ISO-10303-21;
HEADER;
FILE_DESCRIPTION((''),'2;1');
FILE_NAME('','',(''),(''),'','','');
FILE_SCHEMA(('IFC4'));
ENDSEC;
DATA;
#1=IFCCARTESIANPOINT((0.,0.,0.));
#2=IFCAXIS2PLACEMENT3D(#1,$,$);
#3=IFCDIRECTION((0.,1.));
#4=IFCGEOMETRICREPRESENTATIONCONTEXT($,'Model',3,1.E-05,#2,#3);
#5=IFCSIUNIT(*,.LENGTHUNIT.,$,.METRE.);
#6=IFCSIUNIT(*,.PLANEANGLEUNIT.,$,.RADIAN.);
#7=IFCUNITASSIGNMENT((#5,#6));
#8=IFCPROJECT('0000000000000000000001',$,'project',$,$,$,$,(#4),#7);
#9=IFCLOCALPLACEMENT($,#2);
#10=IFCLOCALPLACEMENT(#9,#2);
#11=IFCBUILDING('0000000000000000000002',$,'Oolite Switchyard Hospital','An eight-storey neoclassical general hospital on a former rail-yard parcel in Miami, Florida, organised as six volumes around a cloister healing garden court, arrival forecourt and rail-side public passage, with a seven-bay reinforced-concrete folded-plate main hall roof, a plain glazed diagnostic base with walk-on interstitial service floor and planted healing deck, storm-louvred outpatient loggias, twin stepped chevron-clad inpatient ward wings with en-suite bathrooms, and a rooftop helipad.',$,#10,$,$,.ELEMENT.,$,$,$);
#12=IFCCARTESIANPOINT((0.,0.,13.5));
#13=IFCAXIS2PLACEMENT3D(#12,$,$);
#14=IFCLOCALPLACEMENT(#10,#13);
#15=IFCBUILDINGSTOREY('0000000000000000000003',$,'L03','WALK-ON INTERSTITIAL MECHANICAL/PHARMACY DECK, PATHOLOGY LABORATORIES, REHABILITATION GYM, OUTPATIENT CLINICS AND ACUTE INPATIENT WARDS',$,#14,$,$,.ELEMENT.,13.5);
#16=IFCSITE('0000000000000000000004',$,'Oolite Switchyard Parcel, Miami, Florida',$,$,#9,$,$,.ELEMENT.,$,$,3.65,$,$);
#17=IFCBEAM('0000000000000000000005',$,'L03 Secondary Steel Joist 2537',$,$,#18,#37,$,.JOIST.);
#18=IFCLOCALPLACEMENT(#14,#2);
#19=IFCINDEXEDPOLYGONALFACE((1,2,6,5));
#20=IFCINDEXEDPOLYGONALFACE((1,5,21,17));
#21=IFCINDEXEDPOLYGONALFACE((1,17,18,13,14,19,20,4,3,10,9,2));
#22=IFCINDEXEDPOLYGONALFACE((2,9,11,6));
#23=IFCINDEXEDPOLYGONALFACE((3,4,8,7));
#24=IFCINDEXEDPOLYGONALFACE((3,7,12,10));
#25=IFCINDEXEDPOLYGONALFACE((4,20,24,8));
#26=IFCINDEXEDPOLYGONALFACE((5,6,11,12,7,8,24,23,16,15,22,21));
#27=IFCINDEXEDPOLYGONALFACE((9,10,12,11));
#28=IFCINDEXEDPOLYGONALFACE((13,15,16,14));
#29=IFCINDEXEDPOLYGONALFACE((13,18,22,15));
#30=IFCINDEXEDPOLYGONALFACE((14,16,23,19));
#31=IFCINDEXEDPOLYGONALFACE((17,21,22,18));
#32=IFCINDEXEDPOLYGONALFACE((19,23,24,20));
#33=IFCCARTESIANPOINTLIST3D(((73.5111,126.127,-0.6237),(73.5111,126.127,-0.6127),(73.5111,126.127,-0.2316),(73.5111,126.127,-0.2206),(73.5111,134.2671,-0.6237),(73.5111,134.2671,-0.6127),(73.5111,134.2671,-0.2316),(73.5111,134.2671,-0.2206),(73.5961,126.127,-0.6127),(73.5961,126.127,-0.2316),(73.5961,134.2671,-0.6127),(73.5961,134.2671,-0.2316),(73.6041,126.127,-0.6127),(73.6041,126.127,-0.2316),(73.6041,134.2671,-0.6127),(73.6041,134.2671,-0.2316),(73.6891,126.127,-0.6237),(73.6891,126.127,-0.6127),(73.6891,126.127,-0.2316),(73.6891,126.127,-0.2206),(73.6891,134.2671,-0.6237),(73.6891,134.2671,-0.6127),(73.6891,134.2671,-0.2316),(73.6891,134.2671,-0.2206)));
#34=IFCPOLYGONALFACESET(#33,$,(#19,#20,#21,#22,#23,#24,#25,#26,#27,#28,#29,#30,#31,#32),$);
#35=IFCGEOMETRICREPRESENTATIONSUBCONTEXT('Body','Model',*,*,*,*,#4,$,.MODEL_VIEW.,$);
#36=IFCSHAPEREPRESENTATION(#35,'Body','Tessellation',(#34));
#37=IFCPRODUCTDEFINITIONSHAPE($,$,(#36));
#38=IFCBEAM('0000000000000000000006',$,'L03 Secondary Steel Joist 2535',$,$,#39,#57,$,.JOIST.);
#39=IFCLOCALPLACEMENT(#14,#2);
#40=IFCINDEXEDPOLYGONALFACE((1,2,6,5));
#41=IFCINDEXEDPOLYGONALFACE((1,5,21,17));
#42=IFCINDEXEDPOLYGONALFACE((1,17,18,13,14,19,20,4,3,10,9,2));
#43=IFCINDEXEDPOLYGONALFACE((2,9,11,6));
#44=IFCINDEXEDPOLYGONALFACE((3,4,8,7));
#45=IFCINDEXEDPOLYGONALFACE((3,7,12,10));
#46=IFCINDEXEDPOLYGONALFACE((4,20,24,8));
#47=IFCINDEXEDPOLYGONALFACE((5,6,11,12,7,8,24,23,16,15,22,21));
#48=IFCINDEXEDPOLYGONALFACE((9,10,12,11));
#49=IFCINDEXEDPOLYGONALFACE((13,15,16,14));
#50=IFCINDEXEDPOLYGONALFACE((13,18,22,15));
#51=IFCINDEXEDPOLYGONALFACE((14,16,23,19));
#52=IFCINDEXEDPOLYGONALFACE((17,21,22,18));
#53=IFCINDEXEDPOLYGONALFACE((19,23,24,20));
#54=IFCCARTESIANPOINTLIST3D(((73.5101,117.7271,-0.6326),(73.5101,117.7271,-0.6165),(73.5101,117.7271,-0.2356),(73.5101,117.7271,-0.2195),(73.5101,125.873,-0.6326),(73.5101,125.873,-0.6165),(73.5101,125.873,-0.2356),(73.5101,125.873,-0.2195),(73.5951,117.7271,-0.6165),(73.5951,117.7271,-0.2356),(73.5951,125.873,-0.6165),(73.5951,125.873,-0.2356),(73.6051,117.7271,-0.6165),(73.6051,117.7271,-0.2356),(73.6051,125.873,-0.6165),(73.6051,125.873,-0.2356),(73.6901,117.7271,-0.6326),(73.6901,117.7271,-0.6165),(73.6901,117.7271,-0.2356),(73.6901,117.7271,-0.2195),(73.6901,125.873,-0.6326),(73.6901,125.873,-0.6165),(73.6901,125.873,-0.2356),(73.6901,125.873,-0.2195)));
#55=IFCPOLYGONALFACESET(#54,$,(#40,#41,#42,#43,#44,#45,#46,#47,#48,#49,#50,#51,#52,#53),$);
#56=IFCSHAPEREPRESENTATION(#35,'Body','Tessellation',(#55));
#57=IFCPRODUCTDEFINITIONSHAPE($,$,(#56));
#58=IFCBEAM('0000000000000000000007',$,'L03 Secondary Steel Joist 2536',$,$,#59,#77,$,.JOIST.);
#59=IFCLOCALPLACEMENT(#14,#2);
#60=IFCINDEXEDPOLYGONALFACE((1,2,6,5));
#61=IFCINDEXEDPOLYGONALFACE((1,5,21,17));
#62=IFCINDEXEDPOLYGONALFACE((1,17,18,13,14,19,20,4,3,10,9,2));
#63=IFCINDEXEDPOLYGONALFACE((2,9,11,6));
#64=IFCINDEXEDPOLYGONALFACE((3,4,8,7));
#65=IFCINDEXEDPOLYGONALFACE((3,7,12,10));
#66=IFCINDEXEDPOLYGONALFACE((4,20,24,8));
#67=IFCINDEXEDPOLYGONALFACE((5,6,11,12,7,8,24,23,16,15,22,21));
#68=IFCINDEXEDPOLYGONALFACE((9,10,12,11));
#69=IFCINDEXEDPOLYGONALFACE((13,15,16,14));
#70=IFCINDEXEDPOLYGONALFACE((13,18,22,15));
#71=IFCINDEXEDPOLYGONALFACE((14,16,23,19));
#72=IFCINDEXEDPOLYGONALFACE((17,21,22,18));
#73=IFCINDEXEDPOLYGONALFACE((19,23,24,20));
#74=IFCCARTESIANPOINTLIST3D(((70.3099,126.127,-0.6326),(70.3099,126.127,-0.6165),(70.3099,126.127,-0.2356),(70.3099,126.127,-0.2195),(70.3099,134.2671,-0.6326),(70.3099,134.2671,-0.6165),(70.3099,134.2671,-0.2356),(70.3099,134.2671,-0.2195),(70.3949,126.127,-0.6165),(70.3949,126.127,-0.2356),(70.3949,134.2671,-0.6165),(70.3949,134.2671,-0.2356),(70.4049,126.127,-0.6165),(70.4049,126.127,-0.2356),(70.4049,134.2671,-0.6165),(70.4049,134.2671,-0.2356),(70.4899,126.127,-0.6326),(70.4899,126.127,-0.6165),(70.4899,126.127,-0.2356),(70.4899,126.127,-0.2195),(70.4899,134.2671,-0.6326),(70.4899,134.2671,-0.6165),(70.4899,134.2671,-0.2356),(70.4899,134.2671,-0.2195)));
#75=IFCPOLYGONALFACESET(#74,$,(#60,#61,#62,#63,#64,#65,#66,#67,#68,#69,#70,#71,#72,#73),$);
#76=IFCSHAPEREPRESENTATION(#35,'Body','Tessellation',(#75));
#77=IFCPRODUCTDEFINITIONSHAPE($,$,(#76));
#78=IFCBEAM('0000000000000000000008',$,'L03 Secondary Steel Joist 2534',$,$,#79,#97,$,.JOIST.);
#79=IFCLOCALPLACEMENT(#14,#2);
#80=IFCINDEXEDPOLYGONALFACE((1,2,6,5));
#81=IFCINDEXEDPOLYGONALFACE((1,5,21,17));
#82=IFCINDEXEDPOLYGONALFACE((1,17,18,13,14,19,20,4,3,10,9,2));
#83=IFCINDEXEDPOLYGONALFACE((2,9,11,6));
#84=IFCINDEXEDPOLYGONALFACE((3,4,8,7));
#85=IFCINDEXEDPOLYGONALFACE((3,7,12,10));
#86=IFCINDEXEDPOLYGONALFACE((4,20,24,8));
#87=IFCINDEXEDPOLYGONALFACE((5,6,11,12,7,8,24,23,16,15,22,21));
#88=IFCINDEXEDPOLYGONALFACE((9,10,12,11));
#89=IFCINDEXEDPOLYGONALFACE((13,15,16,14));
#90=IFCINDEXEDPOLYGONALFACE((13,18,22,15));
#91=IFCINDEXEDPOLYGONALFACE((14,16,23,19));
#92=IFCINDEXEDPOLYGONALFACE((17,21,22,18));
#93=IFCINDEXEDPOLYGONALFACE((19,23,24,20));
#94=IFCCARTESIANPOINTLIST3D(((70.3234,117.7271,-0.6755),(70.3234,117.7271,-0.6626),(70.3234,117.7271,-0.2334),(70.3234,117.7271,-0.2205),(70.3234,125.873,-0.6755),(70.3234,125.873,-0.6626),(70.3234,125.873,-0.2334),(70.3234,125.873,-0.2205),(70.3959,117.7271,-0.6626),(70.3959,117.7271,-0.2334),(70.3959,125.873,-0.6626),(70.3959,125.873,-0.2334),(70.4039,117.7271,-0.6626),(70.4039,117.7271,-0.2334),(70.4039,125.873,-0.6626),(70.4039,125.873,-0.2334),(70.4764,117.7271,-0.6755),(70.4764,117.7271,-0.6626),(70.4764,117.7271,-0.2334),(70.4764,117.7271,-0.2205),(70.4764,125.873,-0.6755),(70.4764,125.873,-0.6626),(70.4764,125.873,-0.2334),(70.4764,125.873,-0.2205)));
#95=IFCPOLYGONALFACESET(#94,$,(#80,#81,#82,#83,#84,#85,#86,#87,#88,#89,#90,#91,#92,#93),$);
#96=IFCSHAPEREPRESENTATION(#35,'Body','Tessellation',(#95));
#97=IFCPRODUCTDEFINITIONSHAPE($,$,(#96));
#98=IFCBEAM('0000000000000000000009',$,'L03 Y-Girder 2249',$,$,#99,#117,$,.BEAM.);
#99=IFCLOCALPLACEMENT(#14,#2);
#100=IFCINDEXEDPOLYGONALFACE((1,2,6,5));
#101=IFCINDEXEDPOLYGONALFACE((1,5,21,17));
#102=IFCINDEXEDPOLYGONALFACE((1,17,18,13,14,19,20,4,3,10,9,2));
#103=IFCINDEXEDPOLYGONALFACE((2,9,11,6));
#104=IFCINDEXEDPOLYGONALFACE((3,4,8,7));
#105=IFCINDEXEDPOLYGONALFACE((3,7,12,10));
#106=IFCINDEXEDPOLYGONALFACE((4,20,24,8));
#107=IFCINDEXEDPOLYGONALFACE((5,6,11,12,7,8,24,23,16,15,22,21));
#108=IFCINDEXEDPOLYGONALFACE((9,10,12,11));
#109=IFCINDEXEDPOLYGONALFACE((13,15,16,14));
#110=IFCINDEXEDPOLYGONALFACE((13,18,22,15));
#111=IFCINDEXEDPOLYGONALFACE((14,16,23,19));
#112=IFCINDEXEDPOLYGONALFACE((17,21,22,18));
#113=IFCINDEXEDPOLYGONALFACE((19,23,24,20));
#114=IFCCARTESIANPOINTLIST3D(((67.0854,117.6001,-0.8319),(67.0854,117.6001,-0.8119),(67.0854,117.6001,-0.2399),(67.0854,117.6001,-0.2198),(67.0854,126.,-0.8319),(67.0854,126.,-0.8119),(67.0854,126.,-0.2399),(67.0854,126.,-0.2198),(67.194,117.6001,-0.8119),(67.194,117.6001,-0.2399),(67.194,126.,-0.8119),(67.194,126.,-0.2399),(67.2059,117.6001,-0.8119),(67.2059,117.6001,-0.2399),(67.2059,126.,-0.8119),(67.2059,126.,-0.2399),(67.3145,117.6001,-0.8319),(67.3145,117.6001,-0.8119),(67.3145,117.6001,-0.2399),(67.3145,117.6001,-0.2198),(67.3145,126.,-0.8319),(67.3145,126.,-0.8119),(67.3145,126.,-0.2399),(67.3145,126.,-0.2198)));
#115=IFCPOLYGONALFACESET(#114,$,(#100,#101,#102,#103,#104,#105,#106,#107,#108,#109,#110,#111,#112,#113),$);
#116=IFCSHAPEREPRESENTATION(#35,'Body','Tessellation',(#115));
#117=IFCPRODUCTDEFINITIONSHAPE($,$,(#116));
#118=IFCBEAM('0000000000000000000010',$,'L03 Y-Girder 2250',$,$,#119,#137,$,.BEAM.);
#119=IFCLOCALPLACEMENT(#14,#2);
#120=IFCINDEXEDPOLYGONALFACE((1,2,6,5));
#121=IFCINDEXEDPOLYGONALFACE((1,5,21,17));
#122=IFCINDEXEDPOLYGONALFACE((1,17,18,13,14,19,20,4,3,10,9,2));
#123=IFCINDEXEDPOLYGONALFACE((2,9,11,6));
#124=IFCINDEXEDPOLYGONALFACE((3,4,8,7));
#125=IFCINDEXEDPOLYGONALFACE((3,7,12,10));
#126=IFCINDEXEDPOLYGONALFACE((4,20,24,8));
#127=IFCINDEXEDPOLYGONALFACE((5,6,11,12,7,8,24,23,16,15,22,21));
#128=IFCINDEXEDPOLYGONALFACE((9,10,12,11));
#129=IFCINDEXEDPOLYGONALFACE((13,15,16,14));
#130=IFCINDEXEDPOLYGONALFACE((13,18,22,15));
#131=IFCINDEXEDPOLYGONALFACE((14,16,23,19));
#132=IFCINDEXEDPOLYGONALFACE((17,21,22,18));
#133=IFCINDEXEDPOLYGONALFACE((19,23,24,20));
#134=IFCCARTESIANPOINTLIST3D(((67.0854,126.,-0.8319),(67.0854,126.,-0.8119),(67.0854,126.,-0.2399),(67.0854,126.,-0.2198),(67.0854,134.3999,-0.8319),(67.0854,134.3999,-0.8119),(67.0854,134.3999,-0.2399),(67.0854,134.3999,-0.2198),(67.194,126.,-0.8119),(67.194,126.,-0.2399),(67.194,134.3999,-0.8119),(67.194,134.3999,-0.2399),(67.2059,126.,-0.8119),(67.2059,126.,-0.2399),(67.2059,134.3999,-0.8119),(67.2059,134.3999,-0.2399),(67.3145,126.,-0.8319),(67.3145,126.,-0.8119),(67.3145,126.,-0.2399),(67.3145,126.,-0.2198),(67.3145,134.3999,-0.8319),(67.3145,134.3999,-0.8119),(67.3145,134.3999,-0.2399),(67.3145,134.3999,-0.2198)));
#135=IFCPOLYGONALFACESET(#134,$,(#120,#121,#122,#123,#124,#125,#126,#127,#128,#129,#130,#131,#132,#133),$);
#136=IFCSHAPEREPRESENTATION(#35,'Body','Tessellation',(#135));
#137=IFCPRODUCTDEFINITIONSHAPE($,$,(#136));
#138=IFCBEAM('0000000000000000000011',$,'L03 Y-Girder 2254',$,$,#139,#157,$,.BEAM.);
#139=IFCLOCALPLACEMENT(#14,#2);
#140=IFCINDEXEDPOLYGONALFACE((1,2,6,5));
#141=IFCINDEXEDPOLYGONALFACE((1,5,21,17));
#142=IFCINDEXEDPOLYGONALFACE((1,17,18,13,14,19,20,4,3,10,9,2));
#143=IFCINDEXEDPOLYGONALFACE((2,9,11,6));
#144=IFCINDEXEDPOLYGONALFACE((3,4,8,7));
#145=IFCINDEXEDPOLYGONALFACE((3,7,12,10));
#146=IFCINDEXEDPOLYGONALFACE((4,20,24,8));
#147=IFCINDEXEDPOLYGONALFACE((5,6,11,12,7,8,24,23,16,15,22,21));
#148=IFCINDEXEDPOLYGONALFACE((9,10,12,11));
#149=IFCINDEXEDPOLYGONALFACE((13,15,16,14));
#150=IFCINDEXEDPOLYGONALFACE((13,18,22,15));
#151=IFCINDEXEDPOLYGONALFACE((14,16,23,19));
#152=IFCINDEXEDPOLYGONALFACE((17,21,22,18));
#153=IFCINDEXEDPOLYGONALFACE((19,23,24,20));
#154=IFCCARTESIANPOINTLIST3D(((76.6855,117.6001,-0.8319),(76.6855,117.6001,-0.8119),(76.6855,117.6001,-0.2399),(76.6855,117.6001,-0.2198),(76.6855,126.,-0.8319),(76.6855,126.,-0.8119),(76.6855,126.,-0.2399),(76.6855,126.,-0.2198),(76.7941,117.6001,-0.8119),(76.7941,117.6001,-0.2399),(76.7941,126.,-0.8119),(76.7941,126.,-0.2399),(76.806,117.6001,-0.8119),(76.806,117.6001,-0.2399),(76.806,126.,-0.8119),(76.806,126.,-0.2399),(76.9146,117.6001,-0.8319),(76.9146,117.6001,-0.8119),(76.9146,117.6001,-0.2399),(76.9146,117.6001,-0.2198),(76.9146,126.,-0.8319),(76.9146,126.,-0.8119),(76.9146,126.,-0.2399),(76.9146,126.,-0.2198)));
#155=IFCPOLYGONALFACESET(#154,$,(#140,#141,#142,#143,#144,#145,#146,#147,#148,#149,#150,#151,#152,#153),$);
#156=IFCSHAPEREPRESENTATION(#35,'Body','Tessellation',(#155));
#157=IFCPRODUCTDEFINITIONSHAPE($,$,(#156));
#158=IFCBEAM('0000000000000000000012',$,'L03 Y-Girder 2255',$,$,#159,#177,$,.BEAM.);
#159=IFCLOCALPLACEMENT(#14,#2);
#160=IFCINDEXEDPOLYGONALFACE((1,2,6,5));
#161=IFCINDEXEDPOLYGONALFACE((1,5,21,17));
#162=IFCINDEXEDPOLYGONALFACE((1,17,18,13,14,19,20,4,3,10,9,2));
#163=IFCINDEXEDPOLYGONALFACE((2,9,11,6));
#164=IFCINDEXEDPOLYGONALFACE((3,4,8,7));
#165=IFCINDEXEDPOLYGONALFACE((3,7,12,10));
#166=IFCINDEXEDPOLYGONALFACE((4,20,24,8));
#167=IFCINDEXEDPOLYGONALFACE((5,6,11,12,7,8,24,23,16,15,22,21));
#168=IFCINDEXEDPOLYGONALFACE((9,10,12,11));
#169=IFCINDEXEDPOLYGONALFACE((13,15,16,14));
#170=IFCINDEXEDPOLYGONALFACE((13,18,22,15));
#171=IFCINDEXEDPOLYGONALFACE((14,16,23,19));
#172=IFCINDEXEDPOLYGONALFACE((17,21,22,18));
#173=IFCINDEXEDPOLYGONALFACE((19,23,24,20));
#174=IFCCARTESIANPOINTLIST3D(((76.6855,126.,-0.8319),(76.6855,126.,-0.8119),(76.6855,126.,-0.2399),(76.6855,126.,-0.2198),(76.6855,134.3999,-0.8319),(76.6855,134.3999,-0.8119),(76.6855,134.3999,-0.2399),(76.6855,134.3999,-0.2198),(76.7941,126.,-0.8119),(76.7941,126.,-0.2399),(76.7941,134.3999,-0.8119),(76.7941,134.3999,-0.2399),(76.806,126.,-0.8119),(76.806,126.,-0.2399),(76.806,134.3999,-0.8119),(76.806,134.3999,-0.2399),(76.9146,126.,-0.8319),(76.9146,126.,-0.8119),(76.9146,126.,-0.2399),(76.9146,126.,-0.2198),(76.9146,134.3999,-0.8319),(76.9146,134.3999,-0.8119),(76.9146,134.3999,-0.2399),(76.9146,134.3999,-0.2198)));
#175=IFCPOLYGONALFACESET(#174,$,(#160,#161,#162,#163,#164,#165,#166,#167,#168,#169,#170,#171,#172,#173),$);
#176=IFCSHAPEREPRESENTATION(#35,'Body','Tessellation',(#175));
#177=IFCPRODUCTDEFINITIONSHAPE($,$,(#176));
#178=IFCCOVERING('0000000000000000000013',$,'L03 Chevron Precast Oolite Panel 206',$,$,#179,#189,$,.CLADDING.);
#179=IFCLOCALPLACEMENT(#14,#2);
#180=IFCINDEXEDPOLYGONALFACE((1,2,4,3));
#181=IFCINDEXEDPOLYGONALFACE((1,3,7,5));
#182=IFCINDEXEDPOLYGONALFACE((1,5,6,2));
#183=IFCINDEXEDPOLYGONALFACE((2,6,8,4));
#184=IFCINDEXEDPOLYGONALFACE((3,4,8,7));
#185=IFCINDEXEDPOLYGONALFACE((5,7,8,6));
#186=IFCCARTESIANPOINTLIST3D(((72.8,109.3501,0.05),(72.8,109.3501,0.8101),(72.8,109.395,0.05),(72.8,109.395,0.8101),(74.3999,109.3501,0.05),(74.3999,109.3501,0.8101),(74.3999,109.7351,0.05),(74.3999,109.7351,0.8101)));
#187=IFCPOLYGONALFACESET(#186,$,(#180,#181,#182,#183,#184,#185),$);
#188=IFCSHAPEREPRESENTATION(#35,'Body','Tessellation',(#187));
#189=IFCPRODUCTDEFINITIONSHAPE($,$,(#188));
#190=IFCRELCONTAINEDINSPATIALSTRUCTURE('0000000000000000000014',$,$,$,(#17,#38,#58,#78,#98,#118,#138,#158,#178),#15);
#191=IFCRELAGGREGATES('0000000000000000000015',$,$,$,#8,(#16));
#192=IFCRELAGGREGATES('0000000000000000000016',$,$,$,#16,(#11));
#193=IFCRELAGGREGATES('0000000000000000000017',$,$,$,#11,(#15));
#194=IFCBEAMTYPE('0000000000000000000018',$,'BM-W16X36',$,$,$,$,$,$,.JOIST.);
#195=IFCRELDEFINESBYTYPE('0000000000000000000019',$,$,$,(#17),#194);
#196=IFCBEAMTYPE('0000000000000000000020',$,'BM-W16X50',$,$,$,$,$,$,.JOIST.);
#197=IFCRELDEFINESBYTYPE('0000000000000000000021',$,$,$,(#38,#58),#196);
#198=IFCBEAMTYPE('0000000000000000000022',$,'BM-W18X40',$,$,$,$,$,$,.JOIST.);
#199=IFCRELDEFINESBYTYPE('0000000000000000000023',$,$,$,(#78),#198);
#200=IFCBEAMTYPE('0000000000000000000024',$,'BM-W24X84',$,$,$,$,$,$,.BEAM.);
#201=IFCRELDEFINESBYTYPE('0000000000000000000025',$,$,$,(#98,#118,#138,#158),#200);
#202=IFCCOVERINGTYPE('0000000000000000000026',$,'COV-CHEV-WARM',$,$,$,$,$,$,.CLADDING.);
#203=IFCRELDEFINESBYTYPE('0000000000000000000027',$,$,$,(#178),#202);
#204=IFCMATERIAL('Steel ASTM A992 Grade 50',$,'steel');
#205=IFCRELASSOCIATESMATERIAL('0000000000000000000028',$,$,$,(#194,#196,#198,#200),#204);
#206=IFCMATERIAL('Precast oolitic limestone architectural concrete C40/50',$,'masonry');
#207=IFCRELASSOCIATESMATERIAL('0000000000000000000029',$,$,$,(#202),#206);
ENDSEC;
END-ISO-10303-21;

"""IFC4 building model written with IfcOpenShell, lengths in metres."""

from ifc_helpers import new_model, si_unit, direction, frame, origin, origin_2d, place, context, subcontext, project, spatial, polyline, i_section, outline, extrude, material, material_profile, profile_set, type_object, element, save


model = new_model("IFC4")

# Units and contexts
model_context = context("Model", 3, precision=1e-05, world=origin(), true_north=direction((0.0, 1.0)))
body_context = subcontext(model_context, "Body", "Model", "MODEL_VIEW")
ifc_project = project(units=[si_unit("LENGTHUNIT", "METRE"), si_unit("PLANEANGLEUNIT", "RADIAN")], contexts=[model_context])

# Site, building, storey
site_placement = place(None, origin())
site = spatial("IfcSite", under=ifc_project, at=site_placement, Name="Oolite Switchyard Parcel, Miami, Florida", CompositionType="ELEMENT", RefElevation=3.65)
building_placement = place(site_placement, origin())
building = spatial("IfcBuilding", under=site, at=building_placement, Name="Oolite Switchyard Hospital", Description="An eight-storey neoclassical general hospital on a former rail-yard parcel in Miami, Florida, organised as six volumes around a cloister healing garden court, arrival forecourt and rail-side public passage, with a seven-bay reinforced-concrete folded-plate main hall roof, a plain glazed diagnostic base with walk-on interstitial service floor and planted healing deck, storm-louvred outpatient loggias, twin stepped chevron-clad inpatient ward wings with en-suite bathrooms, and a rooftop helipad.", CompositionType="ELEMENT")
storey_placement = place(building_placement, frame((0.0, 0.0, 13.5)))
storey = spatial("IfcBuildingStorey", under=building, at=storey_placement, Name="L03", Description="WALK-ON INTERSTITIAL MECHANICAL/PHARMACY DECK, PATHOLOGY LABORATORIES, REHABILITATION GYM, OUTPATIENT CLINICS AND ACUTE INPATIENT WARDS", CompositionType="ELEMENT", Elevation=13.5)

# Beams
ifc_material_1 = material(Name="Steel ASTM A992 Grade 50", Category="steel")
ifc_material_profile_1 = material_profile(ifc_material_1, i_section(OverallWidth=0.178, OverallDepth=0.4031, WebThickness=0.0081, FlangeThickness=0.011, at=origin_2d()), Name="W16X36")
ifc_profile_set_1 = profile_set([ifc_material_profile_1], Name="Steel ASTM A992 Grade 50")
beam_type_1 = type_object("IfcBeamType", Name="BM-W16X36", PredefinedType="JOIST", material=ifc_profile_set_1)
beam_1_placement = place(storey_placement, frame((73.6001, 126.127, -0.4221), z_axis=(0.0, 1.0, 0.0), x_axis=(-1.0, 0.0, 0.0)))
element("IfcBeam", 1, at=beam_1_placement, inside=storey, type_object=beam_type_1, Name="L03 Secondary Steel Joist 2537", PredefinedType="JOIST", context=body_context, shape_type="SweptSolid", body=[
    extrude(i_section(OverallWidth=0.178, OverallDepth=0.4031, WebThickness=0.0081, FlangeThickness=0.011, at=origin_2d()), origin(), (0.0, 0.0, 1.0), 8.1401),
])
ifc_material_profile_2 = material_profile(ifc_material_1, i_section(OverallWidth=0.1799, OverallDepth=0.4131, WebThickness=0.01, FlangeThickness=0.0161, at=origin_2d()), Name="W16X50")
ifc_profile_set_2 = profile_set([ifc_material_profile_2], Name="Steel ASTM A992 Grade 50")
beam_type_2 = type_object("IfcBeamType", Name="BM-W16X50", PredefinedType="JOIST", material=ifc_profile_set_2)
beam_2_placement = place(storey_placement, frame((73.6001, 117.7271, -0.426), z_axis=(0.0, 1.0, 0.0), x_axis=(-1.0, 0.0, 0.0)))
element("IfcBeam", 2, at=beam_2_placement, inside=storey, type_object=beam_type_2, Name="L03 Secondary Steel Joist 2535", PredefinedType="JOIST", context=body_context, shape_type="SweptSolid", body=[
    extrude(i_section(OverallWidth=0.1799, OverallDepth=0.4131, WebThickness=0.01, FlangeThickness=0.0161, at=origin_2d()), origin(), (0.0, 0.0, 1.0), 8.146),
])
beam_3_placement = place(storey_placement, frame((70.3999, 126.127, -0.426), z_axis=(0.0, 1.0, 0.0), x_axis=(-1.0, 0.0, 0.0)))
element("IfcBeam", 3, at=beam_3_placement, inside=storey, type_object=beam_type_2, Name="L03 Secondary Steel Joist 2536", PredefinedType="JOIST", context=body_context, shape_type="SweptSolid", body=[
    extrude(i_section(OverallWidth=0.1799, OverallDepth=0.4131, WebThickness=0.01, FlangeThickness=0.0161, at=origin_2d()), origin(), (0.0, 0.0, 1.0), 8.1401),
])
ifc_material_profile_3 = material_profile(ifc_material_1, i_section(OverallWidth=0.1531, OverallDepth=0.4551, WebThickness=0.0081, FlangeThickness=0.0129, at=origin_2d()), Name="W18X40")
ifc_profile_set_3 = profile_set([ifc_material_profile_3], Name="Steel ASTM A992 Grade 50")
beam_type_3 = type_object("IfcBeamType", Name="BM-W18X40", PredefinedType="JOIST", material=ifc_profile_set_3)
beam_4_placement = place(storey_placement, frame((70.3999, 117.7271, -0.448), z_axis=(0.0, 1.0, 0.0), x_axis=(-1.0, 0.0, 0.0)))
element("IfcBeam", 4, at=beam_4_placement, inside=storey, type_object=beam_type_3, Name="L03 Secondary Steel Joist 2534", PredefinedType="JOIST", context=body_context, shape_type="SweptSolid", body=[
    extrude(i_section(OverallWidth=0.1531, OverallDepth=0.4551, WebThickness=0.0081, FlangeThickness=0.0129, at=origin_2d()), origin(), (0.0, 0.0, 1.0), 8.146),
])
ifc_material_profile_4 = material_profile(ifc_material_1, i_section(OverallWidth=0.229, OverallDepth=0.6121, WebThickness=0.012, FlangeThickness=0.02, at=origin_2d()), Name="W24X84")
ifc_profile_set_4 = profile_set([ifc_material_profile_4], Name="Steel ASTM A992 Grade 50")
beam_type_4 = type_object("IfcBeamType", Name="BM-W24X84", PredefinedType="BEAM", material=ifc_profile_set_4)
for number, where, z_axis, x_axis, name in (
    (5, (67.2, 117.6001, -0.5259), (0.0, 1.0, 0.0), (-1.0, 0.0, 0.0), "L03 Y-Girder 2249"),
    (6, (67.2, 126.0, -0.5259), (0.0, 1.0, 0.0), (-1.0, 0.0, 0.0), "L03 Y-Girder 2250"),
    (7, (76.8, 117.6001, -0.5259), (0.0, 1.0, 0.0), (-1.0, 0.0, 0.0), "L03 Y-Girder 2254"),
    (8, (76.8, 126.0, -0.5259), (0.0, 1.0, 0.0), (-1.0, 0.0, 0.0), "L03 Y-Girder 2255"),
):
    element("IfcBeam", number, at=place(storey_placement, frame(where, z_axis=z_axis, x_axis=x_axis)), inside=storey, type_object=beam_type_4, Name=name, PredefinedType="BEAM", context=body_context, shape_type="SweptSolid", body=[
        extrude(i_section(OverallWidth=0.229, OverallDepth=0.6121, WebThickness=0.012, FlangeThickness=0.02, at=origin_2d()), origin(), (0.0, 0.0, 1.0), 8.3999),
    ])

# Covering
ifc_material_2 = material(Name="Precast oolitic limestone architectural concrete C40/50", Category="masonry")
covering_type = type_object("IfcCoveringType", Name="COV-CHEV-WARM", PredefinedType="CLADDING", material=ifc_material_2)
covering_1_placement = place(storey_placement, frame((72.8, 109.3501, 0.05), z_axis=(0.0, 0.0, 1.0), x_axis=(1.0, 0.0, 0.0)))
element("IfcCovering", 9, at=covering_1_placement, inside=storey, type_object=covering_type, Name="L03 Chevron Precast Oolite Panel 206", PredefinedType="CLADDING", context=body_context, shape_type="SweptSolid", body=[
    extrude(outline(polyline([(0.0, 0.0), (1.5999, 0.0), (1.5999, 0.385), (0.0, 0.0449), (0.0, 0.0)])), origin(), (0.0, 0.0, 1.0), 0.76),
])

save(model, "model.ifc")
